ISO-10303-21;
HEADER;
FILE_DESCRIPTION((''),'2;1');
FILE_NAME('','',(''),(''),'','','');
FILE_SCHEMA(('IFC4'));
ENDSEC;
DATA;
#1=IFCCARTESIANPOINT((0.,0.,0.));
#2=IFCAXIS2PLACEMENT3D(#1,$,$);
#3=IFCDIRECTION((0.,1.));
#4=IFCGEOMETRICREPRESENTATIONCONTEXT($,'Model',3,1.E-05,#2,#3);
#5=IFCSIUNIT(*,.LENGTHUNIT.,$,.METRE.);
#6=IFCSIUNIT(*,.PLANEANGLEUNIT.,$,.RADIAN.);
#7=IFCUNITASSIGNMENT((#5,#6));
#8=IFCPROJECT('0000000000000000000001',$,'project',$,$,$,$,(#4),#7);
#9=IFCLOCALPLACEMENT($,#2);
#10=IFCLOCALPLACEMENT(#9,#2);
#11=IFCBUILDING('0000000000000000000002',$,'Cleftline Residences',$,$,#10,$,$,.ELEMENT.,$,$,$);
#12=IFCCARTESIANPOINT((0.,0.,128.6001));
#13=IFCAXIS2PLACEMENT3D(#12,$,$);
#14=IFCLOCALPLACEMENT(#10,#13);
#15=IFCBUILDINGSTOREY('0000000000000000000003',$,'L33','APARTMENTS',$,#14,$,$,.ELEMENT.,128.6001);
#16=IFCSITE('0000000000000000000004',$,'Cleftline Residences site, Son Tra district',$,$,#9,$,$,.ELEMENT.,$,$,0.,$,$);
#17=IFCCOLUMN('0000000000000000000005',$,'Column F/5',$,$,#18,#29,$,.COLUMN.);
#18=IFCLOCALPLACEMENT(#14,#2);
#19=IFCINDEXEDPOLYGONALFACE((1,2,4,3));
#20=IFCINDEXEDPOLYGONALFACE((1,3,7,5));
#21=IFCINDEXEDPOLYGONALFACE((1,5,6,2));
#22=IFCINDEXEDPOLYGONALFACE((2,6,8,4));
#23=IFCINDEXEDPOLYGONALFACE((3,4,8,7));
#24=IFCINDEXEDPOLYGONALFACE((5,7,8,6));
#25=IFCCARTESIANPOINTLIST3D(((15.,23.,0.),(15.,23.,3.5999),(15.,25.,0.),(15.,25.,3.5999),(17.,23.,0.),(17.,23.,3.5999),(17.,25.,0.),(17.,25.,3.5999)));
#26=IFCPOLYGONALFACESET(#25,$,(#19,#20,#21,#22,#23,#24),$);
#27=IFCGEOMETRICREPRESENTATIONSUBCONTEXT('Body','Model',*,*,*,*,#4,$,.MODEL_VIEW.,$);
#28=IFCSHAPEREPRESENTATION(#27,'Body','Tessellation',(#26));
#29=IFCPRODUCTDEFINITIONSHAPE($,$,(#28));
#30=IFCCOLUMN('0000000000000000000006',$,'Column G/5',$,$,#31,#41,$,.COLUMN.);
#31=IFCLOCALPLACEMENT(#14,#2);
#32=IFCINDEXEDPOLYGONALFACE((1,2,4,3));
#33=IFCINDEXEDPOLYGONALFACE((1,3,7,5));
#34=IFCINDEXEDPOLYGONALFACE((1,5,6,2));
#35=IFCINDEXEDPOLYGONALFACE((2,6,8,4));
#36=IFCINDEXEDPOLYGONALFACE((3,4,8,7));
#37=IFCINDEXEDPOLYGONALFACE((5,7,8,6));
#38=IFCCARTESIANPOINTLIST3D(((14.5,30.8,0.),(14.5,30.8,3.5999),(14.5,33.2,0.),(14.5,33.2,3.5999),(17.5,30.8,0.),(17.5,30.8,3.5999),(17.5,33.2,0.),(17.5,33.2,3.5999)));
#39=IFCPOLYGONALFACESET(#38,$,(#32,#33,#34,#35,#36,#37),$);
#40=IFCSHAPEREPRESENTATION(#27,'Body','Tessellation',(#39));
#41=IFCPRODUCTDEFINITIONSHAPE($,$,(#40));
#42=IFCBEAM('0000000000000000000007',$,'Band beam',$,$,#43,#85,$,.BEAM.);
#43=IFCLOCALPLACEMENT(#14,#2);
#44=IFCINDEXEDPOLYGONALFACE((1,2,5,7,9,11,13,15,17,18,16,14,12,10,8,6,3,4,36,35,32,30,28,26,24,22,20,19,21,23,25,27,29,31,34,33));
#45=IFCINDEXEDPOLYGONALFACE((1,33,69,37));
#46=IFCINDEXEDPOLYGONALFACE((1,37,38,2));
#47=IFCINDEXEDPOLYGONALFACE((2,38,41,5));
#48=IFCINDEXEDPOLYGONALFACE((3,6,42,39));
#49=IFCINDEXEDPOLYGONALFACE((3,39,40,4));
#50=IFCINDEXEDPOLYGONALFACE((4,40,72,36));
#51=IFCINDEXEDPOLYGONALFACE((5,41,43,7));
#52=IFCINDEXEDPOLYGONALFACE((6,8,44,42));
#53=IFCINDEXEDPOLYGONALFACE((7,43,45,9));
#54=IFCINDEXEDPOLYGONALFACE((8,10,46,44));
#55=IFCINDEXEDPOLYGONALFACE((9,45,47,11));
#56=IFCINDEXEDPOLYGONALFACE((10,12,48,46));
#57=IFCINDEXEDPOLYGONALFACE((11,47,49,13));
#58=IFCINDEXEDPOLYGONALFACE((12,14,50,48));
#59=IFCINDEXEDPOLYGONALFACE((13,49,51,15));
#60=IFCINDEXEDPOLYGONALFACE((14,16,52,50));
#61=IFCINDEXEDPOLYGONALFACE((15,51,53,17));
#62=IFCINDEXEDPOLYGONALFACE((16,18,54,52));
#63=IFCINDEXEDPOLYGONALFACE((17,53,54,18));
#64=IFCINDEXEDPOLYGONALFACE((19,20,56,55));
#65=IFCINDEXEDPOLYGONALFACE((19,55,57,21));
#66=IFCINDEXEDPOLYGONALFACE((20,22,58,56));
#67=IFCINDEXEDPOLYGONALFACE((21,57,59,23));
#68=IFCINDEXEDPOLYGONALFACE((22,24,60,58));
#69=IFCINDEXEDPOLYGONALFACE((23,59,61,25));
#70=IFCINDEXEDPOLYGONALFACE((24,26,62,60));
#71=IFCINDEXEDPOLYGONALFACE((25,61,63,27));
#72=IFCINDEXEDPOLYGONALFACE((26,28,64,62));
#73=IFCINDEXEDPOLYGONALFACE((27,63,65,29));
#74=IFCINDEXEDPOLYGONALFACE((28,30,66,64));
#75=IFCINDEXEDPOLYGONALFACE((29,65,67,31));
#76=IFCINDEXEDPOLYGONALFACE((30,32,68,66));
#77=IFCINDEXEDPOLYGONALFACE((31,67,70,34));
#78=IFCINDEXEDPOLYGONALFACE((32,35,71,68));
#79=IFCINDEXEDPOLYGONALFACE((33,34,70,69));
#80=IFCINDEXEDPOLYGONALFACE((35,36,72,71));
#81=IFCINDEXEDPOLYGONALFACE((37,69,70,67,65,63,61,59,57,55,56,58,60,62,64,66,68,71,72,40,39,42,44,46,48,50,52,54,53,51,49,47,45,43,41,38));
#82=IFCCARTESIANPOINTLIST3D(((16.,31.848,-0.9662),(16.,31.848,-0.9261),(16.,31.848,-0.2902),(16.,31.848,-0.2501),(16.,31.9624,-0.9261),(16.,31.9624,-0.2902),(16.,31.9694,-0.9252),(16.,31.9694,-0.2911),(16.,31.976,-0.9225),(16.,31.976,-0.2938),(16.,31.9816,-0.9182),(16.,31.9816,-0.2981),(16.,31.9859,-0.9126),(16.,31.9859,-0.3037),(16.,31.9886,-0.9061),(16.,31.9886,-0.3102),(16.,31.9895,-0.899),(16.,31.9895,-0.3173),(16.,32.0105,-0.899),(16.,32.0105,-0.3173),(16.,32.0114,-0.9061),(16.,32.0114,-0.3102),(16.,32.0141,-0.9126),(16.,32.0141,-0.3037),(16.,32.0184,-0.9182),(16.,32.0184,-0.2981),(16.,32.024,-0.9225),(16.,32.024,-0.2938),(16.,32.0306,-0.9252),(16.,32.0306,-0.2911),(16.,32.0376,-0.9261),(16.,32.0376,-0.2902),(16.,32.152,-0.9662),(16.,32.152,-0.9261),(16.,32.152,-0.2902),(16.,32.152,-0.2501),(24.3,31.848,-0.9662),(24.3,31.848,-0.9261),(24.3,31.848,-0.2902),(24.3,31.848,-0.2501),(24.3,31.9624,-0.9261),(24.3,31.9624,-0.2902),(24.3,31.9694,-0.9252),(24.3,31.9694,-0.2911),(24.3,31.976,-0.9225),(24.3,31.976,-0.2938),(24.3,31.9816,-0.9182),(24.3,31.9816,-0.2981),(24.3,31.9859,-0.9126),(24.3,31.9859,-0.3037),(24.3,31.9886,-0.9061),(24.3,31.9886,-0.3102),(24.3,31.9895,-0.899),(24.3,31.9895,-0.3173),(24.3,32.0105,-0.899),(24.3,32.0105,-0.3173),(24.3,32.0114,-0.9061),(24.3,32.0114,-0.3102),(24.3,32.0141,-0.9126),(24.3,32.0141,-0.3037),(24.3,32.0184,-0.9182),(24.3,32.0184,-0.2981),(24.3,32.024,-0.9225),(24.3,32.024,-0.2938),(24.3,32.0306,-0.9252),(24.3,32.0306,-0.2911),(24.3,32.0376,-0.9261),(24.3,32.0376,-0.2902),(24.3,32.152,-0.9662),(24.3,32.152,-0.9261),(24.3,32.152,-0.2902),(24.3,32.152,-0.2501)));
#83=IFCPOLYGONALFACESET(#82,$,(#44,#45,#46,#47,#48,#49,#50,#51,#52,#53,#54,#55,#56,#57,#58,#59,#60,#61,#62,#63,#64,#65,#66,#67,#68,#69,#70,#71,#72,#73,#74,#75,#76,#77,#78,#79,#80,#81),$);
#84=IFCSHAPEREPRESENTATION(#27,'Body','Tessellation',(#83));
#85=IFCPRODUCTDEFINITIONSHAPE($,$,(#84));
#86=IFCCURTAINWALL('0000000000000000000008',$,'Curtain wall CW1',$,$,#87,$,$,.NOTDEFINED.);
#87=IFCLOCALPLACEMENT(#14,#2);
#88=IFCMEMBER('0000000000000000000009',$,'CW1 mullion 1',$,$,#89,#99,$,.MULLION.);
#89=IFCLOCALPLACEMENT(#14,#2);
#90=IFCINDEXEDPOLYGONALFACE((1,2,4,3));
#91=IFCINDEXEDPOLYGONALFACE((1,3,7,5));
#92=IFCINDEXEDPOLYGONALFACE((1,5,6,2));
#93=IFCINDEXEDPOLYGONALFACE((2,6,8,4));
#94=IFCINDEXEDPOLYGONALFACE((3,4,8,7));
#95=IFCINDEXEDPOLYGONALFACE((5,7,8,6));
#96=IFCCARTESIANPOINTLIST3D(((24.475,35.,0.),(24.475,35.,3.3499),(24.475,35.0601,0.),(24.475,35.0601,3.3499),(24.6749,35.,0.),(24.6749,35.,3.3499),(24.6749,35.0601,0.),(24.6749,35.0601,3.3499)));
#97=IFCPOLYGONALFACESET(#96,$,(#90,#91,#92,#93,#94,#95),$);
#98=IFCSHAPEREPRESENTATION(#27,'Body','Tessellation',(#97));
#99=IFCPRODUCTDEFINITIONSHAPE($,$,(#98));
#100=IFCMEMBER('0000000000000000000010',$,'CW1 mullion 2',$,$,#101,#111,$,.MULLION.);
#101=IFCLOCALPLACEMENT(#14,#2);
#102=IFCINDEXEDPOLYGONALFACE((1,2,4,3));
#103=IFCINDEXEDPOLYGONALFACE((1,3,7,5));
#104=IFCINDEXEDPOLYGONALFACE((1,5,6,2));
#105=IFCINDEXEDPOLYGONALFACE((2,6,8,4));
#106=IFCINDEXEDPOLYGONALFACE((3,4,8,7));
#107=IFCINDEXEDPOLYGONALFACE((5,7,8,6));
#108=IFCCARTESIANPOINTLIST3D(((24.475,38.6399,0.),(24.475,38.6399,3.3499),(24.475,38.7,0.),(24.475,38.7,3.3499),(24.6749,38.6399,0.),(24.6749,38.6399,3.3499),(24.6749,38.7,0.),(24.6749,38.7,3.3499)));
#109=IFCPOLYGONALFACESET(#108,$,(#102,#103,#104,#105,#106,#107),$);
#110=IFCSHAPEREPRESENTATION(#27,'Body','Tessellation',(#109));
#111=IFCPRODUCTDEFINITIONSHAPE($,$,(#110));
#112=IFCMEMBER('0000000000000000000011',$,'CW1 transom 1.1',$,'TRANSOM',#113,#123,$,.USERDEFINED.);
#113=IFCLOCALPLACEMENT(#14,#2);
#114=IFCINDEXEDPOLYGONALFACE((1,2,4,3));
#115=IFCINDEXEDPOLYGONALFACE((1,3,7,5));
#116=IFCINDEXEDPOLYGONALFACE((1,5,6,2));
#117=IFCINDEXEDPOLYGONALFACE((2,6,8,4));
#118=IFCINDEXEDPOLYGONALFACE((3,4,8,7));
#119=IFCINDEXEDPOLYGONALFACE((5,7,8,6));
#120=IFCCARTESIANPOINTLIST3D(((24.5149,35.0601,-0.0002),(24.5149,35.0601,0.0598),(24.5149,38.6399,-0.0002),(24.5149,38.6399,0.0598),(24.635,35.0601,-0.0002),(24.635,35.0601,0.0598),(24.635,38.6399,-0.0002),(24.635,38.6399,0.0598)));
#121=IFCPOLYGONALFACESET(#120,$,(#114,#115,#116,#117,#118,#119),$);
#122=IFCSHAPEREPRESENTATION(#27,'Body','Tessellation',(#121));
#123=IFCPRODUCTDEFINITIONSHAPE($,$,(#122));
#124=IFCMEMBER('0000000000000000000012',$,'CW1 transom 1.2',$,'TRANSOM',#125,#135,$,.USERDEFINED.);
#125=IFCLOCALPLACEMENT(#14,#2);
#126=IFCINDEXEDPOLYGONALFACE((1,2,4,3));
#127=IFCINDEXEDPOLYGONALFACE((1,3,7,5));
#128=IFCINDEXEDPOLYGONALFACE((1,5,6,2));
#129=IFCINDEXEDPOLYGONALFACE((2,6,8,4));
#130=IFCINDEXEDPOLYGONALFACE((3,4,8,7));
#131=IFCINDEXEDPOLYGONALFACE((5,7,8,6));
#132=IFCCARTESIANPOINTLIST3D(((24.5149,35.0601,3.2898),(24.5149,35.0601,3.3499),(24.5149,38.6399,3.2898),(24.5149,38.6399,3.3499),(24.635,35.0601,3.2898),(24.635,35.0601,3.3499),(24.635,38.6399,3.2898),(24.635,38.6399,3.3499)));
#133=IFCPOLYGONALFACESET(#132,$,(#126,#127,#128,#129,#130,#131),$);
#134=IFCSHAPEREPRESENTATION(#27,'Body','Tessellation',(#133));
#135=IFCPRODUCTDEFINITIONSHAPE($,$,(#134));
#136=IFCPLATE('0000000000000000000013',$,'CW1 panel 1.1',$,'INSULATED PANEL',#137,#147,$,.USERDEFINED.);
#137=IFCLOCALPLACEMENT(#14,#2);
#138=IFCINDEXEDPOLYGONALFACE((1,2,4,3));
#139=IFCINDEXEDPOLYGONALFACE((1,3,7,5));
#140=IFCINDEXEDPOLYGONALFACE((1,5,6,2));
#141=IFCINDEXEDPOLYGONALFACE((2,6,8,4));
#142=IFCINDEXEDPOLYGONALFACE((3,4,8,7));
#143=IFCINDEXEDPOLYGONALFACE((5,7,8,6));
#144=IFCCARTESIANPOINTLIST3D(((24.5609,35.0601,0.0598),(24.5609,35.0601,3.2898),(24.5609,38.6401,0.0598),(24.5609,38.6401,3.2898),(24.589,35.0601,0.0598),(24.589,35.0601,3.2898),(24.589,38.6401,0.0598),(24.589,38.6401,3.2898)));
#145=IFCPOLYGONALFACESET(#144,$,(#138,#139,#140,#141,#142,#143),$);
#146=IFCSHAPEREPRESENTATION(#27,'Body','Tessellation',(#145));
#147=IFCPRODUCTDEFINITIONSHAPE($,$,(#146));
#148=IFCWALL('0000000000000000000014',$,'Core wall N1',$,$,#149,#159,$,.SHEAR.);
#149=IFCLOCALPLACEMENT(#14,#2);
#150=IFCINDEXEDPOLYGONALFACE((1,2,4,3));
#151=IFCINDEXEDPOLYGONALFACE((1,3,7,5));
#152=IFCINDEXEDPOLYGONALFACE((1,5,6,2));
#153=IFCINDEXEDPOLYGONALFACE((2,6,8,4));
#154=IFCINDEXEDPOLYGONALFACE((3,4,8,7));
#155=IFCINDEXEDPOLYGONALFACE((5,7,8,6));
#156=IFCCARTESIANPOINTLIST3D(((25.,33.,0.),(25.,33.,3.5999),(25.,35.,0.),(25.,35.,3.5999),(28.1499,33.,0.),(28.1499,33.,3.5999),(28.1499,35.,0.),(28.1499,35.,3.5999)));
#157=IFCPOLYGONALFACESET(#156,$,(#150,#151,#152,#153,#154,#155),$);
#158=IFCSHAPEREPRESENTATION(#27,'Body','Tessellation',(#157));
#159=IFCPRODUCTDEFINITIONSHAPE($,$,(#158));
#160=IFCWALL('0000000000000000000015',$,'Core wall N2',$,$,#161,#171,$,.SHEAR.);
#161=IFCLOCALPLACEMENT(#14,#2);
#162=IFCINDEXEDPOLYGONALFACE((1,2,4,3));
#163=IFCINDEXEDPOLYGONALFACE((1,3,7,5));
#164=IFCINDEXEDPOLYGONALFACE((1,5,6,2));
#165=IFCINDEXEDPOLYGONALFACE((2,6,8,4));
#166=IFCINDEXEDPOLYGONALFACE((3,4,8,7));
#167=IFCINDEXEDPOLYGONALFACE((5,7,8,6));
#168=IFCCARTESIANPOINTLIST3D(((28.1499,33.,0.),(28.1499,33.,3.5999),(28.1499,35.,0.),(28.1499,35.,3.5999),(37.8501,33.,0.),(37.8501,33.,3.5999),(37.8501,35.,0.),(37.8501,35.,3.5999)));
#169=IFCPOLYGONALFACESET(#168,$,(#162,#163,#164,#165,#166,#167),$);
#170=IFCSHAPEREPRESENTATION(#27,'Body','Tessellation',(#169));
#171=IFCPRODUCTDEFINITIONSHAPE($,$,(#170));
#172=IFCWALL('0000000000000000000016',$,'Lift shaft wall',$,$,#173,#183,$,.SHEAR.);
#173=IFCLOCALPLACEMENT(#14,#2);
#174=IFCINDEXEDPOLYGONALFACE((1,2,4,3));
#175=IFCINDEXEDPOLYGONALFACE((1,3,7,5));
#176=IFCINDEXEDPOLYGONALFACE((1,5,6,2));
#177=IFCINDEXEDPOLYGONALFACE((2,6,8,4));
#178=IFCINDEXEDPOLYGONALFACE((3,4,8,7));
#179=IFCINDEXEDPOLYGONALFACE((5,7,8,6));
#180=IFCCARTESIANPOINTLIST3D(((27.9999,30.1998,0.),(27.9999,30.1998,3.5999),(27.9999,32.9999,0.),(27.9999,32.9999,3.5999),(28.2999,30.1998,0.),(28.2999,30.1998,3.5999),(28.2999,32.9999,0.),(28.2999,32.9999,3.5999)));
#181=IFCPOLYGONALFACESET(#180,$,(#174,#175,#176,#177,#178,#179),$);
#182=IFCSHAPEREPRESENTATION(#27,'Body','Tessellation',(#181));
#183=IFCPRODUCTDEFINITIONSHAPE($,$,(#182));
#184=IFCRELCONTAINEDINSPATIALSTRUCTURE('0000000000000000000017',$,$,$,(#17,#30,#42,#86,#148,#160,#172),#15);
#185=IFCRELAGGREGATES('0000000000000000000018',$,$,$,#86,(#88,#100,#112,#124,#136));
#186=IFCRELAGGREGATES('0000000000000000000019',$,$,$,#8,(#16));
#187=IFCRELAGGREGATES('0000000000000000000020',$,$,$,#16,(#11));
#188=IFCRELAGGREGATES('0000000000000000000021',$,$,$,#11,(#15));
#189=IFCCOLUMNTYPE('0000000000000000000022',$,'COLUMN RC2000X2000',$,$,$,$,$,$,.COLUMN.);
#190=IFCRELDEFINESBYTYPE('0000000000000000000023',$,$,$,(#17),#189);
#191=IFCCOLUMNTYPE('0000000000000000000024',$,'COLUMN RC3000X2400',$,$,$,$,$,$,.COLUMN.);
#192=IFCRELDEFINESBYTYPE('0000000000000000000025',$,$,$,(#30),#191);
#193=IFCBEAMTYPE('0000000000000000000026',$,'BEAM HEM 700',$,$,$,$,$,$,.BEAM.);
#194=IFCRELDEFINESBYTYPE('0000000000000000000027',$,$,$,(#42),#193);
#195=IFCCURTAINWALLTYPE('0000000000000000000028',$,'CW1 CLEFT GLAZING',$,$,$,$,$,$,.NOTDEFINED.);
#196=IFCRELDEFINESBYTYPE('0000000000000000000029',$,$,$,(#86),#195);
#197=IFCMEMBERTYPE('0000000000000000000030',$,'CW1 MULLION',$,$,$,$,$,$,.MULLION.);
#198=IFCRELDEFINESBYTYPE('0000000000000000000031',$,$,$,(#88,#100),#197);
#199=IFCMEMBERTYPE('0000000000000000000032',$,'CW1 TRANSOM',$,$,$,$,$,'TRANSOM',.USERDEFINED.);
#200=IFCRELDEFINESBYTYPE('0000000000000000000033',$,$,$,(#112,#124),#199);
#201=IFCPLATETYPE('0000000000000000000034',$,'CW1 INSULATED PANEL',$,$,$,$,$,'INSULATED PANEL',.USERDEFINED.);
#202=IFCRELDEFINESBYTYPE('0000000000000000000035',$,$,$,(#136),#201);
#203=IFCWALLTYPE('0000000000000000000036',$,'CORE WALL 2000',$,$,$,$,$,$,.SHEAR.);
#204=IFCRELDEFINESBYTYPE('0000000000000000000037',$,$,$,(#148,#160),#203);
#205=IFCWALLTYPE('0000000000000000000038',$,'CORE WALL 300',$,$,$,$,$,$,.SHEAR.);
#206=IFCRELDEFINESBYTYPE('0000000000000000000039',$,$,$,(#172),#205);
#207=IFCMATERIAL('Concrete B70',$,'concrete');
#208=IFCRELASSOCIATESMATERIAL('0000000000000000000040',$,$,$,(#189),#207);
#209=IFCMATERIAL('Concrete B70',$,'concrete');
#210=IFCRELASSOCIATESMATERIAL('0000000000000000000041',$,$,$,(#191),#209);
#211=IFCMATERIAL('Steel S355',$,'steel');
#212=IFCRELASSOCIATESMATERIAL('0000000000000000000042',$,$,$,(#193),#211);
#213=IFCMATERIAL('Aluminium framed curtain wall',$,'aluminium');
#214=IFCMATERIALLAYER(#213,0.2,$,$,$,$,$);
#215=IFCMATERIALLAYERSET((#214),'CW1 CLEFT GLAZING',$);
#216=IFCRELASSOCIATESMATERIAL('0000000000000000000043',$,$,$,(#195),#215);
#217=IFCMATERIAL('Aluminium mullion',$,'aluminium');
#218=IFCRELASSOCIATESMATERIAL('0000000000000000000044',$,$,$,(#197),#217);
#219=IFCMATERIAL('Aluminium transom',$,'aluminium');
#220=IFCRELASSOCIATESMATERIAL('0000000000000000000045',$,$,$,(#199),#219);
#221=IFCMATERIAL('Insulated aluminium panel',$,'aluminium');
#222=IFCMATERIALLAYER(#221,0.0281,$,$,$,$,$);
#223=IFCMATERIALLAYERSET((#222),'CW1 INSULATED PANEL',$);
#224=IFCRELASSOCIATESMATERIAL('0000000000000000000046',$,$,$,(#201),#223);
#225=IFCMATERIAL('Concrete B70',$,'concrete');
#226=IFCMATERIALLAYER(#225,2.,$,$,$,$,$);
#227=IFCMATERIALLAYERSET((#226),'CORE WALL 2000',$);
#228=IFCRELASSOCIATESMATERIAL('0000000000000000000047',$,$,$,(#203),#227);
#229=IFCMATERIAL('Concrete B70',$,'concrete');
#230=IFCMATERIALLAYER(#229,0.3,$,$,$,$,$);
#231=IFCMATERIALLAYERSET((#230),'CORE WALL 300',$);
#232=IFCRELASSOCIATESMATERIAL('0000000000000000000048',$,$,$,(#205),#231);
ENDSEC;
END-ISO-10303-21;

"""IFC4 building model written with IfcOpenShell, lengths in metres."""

from ifc_helpers import new_model, si_unit, direction, frame, frame_2d, origin, origin_2d, place, context, subcontext, project, spatial, rectangle, i_section, extrude, material, layer, layer_set, material_profile, profile_set, type_object, element, aggregate, save


model = new_model("IFC4")

# Units and contexts
model_context = context("Model", 3, precision=1e-05, world=origin(), true_north=direction((0.0, 1.0)))
body_context = subcontext(model_context, "Body", "Model", "MODEL_VIEW")
ifc_project = project(units=[si_unit("LENGTHUNIT", "METRE"), si_unit("PLANEANGLEUNIT", "RADIAN")], contexts=[model_context])

# Site, building, storey
site_placement = place(None, origin())
site = spatial("IfcSite", under=ifc_project, at=site_placement, Name="Cleftline Residences site, Son Tra district", CompositionType="ELEMENT", RefElevation=0.0)
building_placement = place(site_placement, origin())
building = spatial("IfcBuilding", under=site, at=building_placement, Name="Cleftline Residences", CompositionType="ELEMENT")
storey_placement = place(building_placement, frame((0.0, 0.0, 128.6001)))
storey = spatial("IfcBuildingStorey", under=building, at=storey_placement, Name="L33", Description="APARTMENTS", CompositionType="ELEMENT", Elevation=128.6001)

# Columns
ifc_material_1 = material(Name="Concrete B70", Category="concrete")
ifc_material_profile_1 = material_profile(ifc_material_1, rectangle(XDim=2.0, YDim=2.0, at=origin_2d()))
ifc_profile_set_1 = profile_set([ifc_material_profile_1], Name="Concrete B70")
column_type_1 = type_object("IfcColumnType", Name="COLUMN RC2000X2000", PredefinedType="COLUMN", material=ifc_profile_set_1)
column_1_placement = place(storey_placement, frame((16.0, 24.0, 0.0), z_axis=(0.0, 0.0, 1.0), x_axis=(1.0, 0.0, 0.0)))
element("IfcColumn", 1, at=column_1_placement, inside=storey, type_object=column_type_1, Name="Column F/5", PredefinedType="COLUMN", context=body_context, shape_type="SweptSolid", body=[
    extrude(rectangle(XDim=2.0, YDim=2.0, at=origin_2d()), origin(), (0.0, 0.0, 1.0), 3.5999),
])
ifc_material_2 = material(Name="Concrete B70", Category="concrete")
ifc_material_profile_2 = material_profile(ifc_material_2, rectangle(XDim=3.0, YDim=2.3999, at=origin_2d()))
ifc_profile_set_2 = profile_set([ifc_material_profile_2], Name="Concrete B70")
column_type_2 = type_object("IfcColumnType", Name="COLUMN RC3000X2400", PredefinedType="COLUMN", material=ifc_profile_set_2)
column_2_placement = place(storey_placement, frame((16.0, 32.0, 0.0), z_axis=(0.0, 0.0, 1.0), x_axis=(1.0, 0.0, 0.0)))
element("IfcColumn", 2, at=column_2_placement, inside=storey, type_object=column_type_2, Name="Column G/5", PredefinedType="COLUMN", context=body_context, shape_type="SweptSolid", body=[
    extrude(rectangle(XDim=3.0, YDim=2.3999, at=origin_2d()), origin(), (0.0, 0.0, 1.0), 3.5999),
])

# Beam
ifc_material_3 = material(Name="Steel S355", Category="steel")
ifc_material_profile_3 = material_profile(ifc_material_3, i_section(OverallWidth=0.304, OverallDepth=0.7161, WebThickness=0.021, FlangeThickness=0.04, FilletRadius=0.0271, at=origin_2d()))
ifc_profile_set_3 = profile_set([ifc_material_profile_3], Name="Steel S355")
beam_type = type_object("IfcBeamType", Name="BEAM HEM 700", PredefinedType="BEAM", material=ifc_profile_set_3)
beam_placement = place(storey_placement, frame((16.0, 32.0, -0.6082), z_axis=(1.0, 0.0, 0.0), x_axis=(0.0, 1.0, 0.0)))
element("IfcBeam", 3, at=beam_placement, inside=storey, type_object=beam_type, Name="Band beam", PredefinedType="BEAM", context=body_context, shape_type="SweptSolid", body=[
    extrude(i_section(OverallWidth=0.304, OverallDepth=0.7161, WebThickness=0.021, FlangeThickness=0.04, FilletRadius=0.0271, at=origin_2d()), origin(), (0.0, 0.0, 1.0), 8.3),
])

# Curtain wall, members, plate
ifc_material_4 = material(Name="Aluminium framed curtain wall", Category="aluminium")
ifc_layer_1 = layer(ifc_material_4, 0.2)
ifc_layer_set_1 = layer_set([ifc_layer_1], Name="CW1 CLEFT GLAZING")
curtain_wall_type = type_object("IfcCurtainWallType", Name="CW1 CLEFT GLAZING", PredefinedType="NOTDEFINED", material=ifc_layer_set_1)
curtain_wall_placement = place(storey_placement, origin())
curtain_wall = element("IfcCurtainWall", 4, at=curtain_wall_placement, inside=storey, type_object=curtain_wall_type, Name="Curtain wall CW1", PredefinedType="NOTDEFINED")
ifc_material_5 = material(Name="Aluminium mullion", Category="aluminium")
ifc_material_profile_4 = material_profile(ifc_material_5, rectangle(XDim=0.2, YDim=0.0601, at=origin_2d()))
ifc_profile_set_4 = profile_set([ifc_material_profile_4], Name="Aluminium mullion")
member_type_1 = type_object("IfcMemberType", Name="CW1 MULLION", PredefinedType="MULLION", material=ifc_profile_set_4)
member_1_placement = place(storey_placement, frame((24.575, 35.03, 0.0), z_axis=(0.0, 0.0, 1.0), x_axis=(-1.0, 0.0, 0.0)))
member_1 = element("IfcMember", 5, at=member_1_placement, type_object=member_type_1, Name="CW1 mullion 1", PredefinedType="MULLION", context=body_context, shape_type="SweptSolid", body=[
    extrude(rectangle(XDim=0.2, YDim=0.0601, at=origin_2d()), origin(), (0.0, 0.0, 1.0), 3.3499),
])
member_2_placement = place(storey_placement, frame((24.575, 38.6699, 0.0), z_axis=(0.0, 0.0, 1.0), x_axis=(-1.0, 0.0, 0.0)))
member_2 = element("IfcMember", 6, at=member_2_placement, type_object=member_type_1, Name="CW1 mullion 2", PredefinedType="MULLION", context=body_context, shape_type="SweptSolid", body=[
    extrude(rectangle(XDim=0.2, YDim=0.0601, at=origin_2d()), origin(), (0.0, 0.0, 1.0), 3.3499),
])
ifc_material_6 = material(Name="Aluminium transom", Category="aluminium")
ifc_material_profile_5 = material_profile(ifc_material_6, rectangle(XDim=0.1201, YDim=0.0601, at=origin_2d()))
ifc_profile_set_5 = profile_set([ifc_material_profile_5], Name="Aluminium transom")
member_type_2 = type_object("IfcMemberType", Name="CW1 TRANSOM", ElementType="TRANSOM", PredefinedType="USERDEFINED", material=ifc_profile_set_5)
member_3_placement = place(storey_placement, frame((24.575, 35.0601, 0.0298), z_axis=(0.0, 1.0, 0.0), x_axis=(-1.0, 0.0, 0.0)))
member_3 = element("IfcMember", 7, at=member_3_placement, type_object=member_type_2, Name="CW1 transom 1.1", ObjectType="TRANSOM", PredefinedType="USERDEFINED", context=body_context, shape_type="SweptSolid", body=[
    extrude(rectangle(XDim=0.1201, YDim=0.0601, at=origin_2d()), origin(), (0.0, 0.0, 1.0), 3.5798),
])
member_4_placement = place(storey_placement, frame((24.575, 35.0601, 3.3198), z_axis=(0.0, 1.0, 0.0), x_axis=(-1.0, 0.0, 0.0)))
member_4 = element("IfcMember", 8, at=member_4_placement, type_object=member_type_2, Name="CW1 transom 1.2", ObjectType="TRANSOM", PredefinedType="USERDEFINED", context=body_context, shape_type="SweptSolid", body=[
    extrude(rectangle(XDim=0.1201, YDim=0.0601, at=origin_2d()), origin(), (0.0, 0.0, 1.0), 3.5798),
])
ifc_material_7 = material(Name="Insulated aluminium panel", Category="aluminium")
ifc_layer_2 = layer(ifc_material_7, 0.0281)
ifc_layer_set_2 = layer_set([ifc_layer_2], Name="CW1 INSULATED PANEL")
plate_type = type_object("IfcPlateType", Name="CW1 INSULATED PANEL", ElementType="INSULATED PANEL", PredefinedType="USERDEFINED", material=ifc_layer_set_2)
plate_placement = place(storey_placement, frame((24.575, 36.8501, 0.0598), z_axis=(0.0, 0.0, 1.0), x_axis=(0.0, 1.0, 0.0)))
plate = element("IfcPlate", 9, at=plate_placement, type_object=plate_type, Name="CW1 panel 1.1", ObjectType="INSULATED PANEL", PredefinedType="USERDEFINED", context=body_context, shape_type="SweptSolid", body=[
    extrude(rectangle(XDim=3.5801, YDim=0.0281, at=origin_2d()), origin(), (0.0, 0.0, 1.0), 3.23),
])
aggregate(curtain_wall, [member_1, member_2, member_3, member_4, plate])

# Walls
ifc_material_8 = material(Name="Concrete B70", Category="concrete")
ifc_layer_3 = layer(ifc_material_8, 2.0)
ifc_layer_set_3 = layer_set([ifc_layer_3], Name="CORE WALL 2000")
wall_type_1 = type_object("IfcWallType", Name="CORE WALL 2000", PredefinedType="SHEAR", material=ifc_layer_set_3)
wall_1_placement = place(storey_placement, frame((25.0, 34.0, 0.0), z_axis=(0.0, 0.0, 1.0), x_axis=(1.0, 0.0, 0.0)))
element("IfcWall", 10, at=wall_1_placement, inside=storey, type_object=wall_type_1, Name="Core wall N1", PredefinedType="SHEAR", context=body_context, shape_type="SweptSolid", body=[
    extrude(rectangle(XDim=3.1499, YDim=2.0, at=frame_2d((1.575, 0.0))), origin(), (0.0, 0.0, 1.0), 3.5999),
])
wall_2_placement = place(storey_placement, frame((28.1499, 34.0, 0.0), z_axis=(0.0, 0.0, 1.0), x_axis=(1.0, 0.0, 0.0)))
element("IfcWall", 11, at=wall_2_placement, inside=storey, type_object=wall_type_1, Name="Core wall N2", PredefinedType="SHEAR", context=body_context, shape_type="SweptSolid", body=[
    extrude(rectangle(XDim=9.7002, YDim=2.0, at=frame_2d((4.8501, 0.0))), origin(), (0.0, 0.0, 1.0), 3.5999),
])
ifc_material_9 = material(Name="Concrete B70", Category="concrete")
ifc_layer_4 = layer(ifc_material_9, 0.3)
ifc_layer_set_4 = layer_set([ifc_layer_4], Name="CORE WALL 300")
wall_type_2 = type_object("IfcWallType", Name="CORE WALL 300", PredefinedType="SHEAR", material=ifc_layer_set_4)
wall_3_placement = place(storey_placement, frame((28.1499, 30.2, 0.0), z_axis=(0.0, 0.0, 1.0), x_axis=(0.0, 1.0, 0.0)))
element("IfcWall", 12, at=wall_3_placement, inside=storey, type_object=wall_type_2, Name="Lift shaft wall", PredefinedType="SHEAR", context=body_context, shape_type="SweptSolid", body=[
    extrude(rectangle(XDim=2.8, YDim=0.3, at=frame_2d((1.3999, 0.0))), origin(), (0.0, 0.0, 1.0), 3.5999),
])

save(model, "model.ifc")
